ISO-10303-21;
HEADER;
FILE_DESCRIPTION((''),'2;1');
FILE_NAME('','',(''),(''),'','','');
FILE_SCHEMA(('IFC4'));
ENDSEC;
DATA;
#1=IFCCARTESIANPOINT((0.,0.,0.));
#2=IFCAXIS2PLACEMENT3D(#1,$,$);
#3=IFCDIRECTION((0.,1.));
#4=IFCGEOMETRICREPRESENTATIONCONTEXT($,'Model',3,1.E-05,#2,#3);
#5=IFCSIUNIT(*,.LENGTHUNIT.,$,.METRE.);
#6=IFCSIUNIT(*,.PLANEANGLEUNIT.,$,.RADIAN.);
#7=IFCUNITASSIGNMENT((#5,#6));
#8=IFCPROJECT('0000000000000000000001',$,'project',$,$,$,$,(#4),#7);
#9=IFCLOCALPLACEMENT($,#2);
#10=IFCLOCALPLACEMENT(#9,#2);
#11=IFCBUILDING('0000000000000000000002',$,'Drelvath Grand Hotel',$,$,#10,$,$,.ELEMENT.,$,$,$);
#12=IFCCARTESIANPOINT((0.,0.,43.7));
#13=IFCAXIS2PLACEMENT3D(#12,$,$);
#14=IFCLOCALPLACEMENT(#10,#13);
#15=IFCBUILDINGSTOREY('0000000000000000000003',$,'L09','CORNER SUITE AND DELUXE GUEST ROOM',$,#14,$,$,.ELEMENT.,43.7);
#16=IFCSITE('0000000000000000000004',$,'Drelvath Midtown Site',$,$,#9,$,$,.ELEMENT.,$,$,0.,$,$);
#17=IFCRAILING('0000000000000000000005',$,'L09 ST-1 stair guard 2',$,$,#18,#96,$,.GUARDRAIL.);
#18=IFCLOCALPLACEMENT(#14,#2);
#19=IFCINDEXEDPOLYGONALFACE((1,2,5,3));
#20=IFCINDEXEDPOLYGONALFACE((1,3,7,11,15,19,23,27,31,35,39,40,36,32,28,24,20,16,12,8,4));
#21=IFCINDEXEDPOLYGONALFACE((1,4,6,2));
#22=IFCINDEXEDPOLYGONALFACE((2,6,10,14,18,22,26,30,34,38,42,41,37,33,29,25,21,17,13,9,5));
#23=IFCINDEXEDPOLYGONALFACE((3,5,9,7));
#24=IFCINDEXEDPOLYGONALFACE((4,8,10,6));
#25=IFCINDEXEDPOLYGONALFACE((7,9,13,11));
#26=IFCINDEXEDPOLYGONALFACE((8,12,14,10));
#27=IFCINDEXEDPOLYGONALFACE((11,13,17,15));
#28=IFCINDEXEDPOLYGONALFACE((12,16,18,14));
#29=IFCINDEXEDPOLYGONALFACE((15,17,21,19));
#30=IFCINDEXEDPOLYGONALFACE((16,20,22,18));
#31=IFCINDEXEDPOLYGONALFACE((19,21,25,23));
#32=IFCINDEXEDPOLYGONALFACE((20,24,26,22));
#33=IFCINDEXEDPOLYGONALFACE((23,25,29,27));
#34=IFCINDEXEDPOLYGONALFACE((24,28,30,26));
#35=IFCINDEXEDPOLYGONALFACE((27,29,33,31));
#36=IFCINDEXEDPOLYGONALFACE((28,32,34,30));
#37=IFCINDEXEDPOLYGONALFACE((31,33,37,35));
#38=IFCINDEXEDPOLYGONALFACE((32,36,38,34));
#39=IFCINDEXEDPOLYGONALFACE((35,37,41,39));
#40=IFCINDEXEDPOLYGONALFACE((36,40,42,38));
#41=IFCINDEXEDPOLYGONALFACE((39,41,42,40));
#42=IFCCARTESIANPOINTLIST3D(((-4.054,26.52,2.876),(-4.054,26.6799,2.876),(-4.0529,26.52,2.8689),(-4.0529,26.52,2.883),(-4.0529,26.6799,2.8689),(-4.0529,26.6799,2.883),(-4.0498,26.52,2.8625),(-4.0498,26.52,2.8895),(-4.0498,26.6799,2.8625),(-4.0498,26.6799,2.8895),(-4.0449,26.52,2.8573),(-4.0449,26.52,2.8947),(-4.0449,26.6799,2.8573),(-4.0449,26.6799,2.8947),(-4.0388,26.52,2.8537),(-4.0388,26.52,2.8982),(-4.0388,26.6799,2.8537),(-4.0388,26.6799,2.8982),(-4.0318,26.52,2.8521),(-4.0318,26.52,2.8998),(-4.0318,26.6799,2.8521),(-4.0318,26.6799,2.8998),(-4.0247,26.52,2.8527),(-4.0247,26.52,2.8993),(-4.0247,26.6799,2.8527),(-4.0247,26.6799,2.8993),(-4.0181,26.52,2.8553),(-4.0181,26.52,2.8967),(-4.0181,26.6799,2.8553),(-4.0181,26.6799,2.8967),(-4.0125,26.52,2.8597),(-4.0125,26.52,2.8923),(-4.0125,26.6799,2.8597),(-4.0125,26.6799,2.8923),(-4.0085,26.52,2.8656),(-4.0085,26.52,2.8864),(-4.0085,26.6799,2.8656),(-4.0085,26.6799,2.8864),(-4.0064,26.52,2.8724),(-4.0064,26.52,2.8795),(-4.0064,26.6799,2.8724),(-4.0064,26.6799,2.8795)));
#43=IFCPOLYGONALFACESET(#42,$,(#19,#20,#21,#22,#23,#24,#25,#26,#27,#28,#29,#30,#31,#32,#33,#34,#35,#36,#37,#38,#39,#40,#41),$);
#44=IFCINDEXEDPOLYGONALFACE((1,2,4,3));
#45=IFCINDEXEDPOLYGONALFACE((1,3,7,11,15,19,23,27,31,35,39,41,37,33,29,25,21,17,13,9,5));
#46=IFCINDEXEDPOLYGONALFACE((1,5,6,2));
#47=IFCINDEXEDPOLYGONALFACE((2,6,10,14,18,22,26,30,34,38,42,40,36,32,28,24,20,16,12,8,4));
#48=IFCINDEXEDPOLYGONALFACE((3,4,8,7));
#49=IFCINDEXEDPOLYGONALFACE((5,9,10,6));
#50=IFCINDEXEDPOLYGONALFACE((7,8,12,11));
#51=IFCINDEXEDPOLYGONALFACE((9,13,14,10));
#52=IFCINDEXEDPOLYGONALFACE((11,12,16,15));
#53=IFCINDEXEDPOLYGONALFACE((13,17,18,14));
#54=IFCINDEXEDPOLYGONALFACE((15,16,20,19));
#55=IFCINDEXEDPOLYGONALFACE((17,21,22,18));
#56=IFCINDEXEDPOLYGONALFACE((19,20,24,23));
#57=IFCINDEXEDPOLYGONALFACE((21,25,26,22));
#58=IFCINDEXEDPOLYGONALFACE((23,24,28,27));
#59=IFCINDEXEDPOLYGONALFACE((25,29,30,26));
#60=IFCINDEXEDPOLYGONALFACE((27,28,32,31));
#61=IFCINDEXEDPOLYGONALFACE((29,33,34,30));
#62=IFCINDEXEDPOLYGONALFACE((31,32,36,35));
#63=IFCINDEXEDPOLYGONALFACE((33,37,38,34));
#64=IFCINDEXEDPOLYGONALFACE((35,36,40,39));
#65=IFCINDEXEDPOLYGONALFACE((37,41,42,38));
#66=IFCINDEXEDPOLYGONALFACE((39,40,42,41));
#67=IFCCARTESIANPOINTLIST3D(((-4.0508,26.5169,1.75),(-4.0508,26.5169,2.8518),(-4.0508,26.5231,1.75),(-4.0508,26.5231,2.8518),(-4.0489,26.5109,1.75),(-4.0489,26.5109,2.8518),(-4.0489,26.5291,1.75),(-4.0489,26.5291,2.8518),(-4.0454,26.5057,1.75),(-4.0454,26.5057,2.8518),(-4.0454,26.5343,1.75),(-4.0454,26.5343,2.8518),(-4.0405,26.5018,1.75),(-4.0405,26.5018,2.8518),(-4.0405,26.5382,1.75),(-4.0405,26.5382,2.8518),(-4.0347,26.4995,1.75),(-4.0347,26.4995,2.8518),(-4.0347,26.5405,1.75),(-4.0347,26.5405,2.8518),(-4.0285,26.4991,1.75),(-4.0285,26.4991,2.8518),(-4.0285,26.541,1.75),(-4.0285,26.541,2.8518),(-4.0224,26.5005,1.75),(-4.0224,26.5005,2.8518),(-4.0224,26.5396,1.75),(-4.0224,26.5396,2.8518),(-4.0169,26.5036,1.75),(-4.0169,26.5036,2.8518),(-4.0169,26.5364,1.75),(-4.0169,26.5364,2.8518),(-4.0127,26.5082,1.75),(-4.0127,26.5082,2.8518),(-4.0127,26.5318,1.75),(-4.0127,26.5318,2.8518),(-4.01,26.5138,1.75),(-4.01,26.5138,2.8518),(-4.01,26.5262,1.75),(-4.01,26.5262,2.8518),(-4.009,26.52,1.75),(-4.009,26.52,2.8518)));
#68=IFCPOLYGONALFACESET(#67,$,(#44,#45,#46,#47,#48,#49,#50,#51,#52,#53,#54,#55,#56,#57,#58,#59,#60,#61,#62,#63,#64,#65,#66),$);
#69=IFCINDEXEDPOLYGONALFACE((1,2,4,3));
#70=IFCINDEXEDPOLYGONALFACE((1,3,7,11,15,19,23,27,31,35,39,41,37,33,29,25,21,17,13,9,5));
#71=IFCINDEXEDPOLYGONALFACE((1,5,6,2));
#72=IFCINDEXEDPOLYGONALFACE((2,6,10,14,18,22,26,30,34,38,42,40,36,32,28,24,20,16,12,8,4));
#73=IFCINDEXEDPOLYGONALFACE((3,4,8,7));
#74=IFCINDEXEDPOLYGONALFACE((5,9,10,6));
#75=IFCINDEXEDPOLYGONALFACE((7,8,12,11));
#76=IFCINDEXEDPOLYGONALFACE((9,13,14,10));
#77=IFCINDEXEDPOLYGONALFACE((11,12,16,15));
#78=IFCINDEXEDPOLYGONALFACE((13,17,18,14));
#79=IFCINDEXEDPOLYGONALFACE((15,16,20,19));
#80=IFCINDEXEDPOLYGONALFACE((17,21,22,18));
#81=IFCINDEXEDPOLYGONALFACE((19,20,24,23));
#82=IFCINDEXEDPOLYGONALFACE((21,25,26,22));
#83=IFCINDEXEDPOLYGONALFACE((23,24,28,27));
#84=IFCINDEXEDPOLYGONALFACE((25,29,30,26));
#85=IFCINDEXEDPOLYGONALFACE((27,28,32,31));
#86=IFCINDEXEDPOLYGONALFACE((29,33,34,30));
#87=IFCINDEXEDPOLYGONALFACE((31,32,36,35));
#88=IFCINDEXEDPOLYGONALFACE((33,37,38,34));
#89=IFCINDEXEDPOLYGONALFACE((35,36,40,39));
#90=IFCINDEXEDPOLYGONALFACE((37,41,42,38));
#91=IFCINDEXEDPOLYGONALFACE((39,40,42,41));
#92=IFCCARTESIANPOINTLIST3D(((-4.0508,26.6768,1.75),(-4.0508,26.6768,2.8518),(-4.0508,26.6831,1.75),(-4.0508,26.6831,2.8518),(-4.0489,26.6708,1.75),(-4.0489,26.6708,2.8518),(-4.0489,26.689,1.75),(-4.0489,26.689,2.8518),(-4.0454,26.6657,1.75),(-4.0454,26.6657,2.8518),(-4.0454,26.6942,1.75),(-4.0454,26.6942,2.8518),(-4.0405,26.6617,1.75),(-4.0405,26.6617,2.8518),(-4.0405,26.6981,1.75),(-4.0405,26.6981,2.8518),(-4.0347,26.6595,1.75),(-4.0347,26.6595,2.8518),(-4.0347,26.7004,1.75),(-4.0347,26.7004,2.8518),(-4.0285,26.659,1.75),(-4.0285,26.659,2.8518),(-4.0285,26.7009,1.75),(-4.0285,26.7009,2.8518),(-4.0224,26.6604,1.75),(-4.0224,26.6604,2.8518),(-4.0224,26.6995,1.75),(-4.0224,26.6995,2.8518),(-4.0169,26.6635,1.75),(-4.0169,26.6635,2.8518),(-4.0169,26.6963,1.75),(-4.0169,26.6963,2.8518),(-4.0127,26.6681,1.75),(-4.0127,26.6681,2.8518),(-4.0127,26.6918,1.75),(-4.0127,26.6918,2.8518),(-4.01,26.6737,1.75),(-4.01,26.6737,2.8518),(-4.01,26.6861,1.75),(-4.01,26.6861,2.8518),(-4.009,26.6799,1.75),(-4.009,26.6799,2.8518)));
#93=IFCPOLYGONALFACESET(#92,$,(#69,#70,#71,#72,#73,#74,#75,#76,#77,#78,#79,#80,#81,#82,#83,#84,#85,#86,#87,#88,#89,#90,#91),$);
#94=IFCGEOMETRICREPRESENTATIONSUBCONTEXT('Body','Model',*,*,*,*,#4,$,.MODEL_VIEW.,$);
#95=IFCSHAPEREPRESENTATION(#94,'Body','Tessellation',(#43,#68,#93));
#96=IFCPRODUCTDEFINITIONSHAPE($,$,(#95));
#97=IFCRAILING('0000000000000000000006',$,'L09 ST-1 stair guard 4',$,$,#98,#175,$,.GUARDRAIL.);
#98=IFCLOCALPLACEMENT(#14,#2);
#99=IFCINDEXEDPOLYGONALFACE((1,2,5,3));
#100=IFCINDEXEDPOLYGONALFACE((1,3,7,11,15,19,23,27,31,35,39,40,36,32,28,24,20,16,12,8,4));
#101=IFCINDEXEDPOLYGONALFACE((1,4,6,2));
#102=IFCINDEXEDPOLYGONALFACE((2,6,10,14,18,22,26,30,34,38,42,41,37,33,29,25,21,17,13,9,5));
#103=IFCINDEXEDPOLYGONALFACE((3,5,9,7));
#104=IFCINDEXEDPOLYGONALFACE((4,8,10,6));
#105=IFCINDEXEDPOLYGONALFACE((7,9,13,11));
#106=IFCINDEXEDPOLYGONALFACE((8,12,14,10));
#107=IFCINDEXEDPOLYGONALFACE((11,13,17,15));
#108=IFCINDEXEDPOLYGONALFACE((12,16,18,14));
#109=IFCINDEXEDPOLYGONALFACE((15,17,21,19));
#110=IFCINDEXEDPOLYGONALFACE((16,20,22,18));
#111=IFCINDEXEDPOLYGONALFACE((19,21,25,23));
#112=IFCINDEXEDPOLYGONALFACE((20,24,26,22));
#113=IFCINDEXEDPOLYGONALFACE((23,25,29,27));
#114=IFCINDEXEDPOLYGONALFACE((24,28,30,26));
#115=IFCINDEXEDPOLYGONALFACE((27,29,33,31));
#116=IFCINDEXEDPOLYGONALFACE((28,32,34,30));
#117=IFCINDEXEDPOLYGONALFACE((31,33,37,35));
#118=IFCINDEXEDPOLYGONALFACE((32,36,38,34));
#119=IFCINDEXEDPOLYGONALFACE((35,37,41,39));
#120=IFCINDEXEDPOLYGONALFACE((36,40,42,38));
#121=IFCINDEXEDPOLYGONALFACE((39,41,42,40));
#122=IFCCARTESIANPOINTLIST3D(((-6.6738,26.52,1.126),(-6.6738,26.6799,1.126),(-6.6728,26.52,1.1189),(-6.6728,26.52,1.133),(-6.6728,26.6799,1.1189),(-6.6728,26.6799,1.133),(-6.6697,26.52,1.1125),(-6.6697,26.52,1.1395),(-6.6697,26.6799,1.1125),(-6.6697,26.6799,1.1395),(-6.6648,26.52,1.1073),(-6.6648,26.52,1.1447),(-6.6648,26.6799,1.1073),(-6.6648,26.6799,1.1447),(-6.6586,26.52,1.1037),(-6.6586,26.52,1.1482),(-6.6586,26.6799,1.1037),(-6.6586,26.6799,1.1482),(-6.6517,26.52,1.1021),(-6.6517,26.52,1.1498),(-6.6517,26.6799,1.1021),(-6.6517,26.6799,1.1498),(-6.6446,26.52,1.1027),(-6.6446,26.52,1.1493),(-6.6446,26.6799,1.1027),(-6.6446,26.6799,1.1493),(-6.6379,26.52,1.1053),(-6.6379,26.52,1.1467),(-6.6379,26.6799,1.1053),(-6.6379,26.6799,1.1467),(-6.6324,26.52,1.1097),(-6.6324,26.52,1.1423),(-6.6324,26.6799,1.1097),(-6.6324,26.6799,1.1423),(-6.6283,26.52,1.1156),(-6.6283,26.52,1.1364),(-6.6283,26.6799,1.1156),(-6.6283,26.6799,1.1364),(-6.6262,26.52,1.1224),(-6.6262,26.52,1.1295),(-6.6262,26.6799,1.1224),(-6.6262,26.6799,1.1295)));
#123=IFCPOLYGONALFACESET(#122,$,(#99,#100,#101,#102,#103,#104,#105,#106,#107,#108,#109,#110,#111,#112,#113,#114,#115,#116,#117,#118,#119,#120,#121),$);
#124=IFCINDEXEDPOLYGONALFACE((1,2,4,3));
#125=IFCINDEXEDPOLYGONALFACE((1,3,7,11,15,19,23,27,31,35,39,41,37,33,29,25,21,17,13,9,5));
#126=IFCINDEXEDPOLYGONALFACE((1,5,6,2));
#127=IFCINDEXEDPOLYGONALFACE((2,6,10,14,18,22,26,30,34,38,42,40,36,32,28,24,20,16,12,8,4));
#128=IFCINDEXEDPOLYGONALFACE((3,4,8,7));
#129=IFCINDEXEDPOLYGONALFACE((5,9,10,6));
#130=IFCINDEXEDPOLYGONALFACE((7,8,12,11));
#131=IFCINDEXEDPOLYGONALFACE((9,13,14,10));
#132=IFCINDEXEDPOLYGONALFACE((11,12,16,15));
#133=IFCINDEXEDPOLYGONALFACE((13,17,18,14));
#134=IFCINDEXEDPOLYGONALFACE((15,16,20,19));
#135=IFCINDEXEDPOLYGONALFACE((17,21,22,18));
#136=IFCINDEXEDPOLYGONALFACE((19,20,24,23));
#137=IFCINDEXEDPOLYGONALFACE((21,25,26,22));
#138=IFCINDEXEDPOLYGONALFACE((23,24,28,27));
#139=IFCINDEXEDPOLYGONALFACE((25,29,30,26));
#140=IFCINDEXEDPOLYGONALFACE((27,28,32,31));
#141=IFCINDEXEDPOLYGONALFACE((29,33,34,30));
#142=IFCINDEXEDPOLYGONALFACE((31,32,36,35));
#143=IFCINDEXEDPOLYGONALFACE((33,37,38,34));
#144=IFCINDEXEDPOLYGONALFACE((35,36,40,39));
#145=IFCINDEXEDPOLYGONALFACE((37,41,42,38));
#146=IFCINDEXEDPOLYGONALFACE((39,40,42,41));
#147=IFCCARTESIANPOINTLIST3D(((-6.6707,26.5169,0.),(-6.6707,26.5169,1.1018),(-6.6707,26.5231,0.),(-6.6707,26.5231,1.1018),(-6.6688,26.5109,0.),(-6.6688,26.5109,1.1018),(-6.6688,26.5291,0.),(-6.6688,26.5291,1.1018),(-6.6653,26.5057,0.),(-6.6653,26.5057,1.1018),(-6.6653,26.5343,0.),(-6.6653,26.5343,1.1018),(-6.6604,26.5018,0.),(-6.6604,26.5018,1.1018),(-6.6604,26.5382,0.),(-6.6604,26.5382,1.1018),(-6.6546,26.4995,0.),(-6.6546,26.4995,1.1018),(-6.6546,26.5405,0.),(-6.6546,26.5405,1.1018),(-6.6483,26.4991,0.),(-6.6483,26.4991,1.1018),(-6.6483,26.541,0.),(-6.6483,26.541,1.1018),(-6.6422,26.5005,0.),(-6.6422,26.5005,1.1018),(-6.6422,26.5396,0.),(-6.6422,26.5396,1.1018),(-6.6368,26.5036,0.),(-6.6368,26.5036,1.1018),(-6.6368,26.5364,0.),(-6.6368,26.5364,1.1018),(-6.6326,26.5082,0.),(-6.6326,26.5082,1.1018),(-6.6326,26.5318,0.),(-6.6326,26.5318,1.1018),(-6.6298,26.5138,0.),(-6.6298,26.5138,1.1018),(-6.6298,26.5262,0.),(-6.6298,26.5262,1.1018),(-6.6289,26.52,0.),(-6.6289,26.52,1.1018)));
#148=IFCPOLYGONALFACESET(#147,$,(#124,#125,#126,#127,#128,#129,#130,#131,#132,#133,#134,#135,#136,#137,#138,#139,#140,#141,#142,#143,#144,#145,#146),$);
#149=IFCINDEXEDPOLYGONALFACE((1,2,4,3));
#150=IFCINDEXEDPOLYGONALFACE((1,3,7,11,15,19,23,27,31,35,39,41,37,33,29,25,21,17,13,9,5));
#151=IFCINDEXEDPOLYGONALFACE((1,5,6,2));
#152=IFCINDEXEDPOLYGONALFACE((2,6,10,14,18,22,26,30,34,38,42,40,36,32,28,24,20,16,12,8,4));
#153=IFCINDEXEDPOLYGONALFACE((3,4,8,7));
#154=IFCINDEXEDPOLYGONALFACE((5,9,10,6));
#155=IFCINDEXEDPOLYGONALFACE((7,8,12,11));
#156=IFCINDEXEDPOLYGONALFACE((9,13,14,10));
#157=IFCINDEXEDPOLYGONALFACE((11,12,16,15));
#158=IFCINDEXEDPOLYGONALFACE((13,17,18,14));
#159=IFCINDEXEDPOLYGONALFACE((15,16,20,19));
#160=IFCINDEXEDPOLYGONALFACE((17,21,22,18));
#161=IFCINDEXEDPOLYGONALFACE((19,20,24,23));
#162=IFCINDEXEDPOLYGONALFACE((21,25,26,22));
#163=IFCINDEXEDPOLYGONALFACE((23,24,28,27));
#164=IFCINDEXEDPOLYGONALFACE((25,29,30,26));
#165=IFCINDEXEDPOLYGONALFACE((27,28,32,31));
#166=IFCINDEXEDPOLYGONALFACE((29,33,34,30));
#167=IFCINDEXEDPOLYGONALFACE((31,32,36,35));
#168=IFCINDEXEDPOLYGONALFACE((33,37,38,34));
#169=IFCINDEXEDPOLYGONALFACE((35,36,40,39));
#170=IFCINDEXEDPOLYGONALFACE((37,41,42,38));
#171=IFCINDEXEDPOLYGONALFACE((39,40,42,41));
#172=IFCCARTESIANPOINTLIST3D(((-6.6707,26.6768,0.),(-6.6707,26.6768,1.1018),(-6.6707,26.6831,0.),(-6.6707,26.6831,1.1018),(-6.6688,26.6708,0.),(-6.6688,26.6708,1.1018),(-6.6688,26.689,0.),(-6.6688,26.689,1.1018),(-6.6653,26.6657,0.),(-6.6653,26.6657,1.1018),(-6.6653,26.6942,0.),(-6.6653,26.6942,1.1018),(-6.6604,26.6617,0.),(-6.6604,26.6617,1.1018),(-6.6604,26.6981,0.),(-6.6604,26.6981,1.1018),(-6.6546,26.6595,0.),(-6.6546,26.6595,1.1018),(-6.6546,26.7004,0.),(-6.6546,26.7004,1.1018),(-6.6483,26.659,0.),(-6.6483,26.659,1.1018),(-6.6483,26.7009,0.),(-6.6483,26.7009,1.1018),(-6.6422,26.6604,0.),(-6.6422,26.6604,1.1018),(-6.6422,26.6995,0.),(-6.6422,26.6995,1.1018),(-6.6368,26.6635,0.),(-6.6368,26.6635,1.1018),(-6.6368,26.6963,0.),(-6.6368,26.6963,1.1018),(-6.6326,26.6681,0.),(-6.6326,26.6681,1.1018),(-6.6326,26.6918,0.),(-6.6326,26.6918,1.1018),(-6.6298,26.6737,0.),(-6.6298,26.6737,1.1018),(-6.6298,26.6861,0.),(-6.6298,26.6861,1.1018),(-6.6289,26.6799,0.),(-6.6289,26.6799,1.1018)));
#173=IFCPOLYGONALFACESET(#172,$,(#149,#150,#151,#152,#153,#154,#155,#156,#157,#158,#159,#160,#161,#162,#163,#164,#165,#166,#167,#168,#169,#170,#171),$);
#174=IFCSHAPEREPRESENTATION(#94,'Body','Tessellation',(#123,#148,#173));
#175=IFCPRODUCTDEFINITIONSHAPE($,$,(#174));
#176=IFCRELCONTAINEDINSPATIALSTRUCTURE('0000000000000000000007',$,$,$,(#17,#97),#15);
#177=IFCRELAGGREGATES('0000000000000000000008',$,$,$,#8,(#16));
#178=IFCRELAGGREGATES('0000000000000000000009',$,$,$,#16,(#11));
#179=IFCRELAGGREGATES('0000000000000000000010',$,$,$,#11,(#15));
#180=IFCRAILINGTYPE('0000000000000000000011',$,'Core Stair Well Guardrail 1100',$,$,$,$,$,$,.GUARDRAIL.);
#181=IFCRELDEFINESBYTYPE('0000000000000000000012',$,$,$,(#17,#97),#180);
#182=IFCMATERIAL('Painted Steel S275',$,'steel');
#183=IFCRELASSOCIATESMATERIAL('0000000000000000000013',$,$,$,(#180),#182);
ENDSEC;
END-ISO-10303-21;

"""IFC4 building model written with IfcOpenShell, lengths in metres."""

from ifc_helpers import new_model, si_unit, direction, frame, origin, origin_2d, place, context, subcontext, project, spatial, circle, extrude, material, type_object, element, save


model = new_model("IFC4")

# Units and contexts
model_context = context("Model", 3, precision=1e-05, world=origin(), true_north=direction((0.0, 1.0)))
body_context = subcontext(model_context, "Body", "Model", "MODEL_VIEW")
ifc_project = project(units=[si_unit("LENGTHUNIT", "METRE"), si_unit("PLANEANGLEUNIT", "RADIAN")], contexts=[model_context])

# Site, building, storey
site_placement = place(None, origin())
site = spatial("IfcSite", under=ifc_project, at=site_placement, Name="Drelvath Midtown Site", CompositionType="ELEMENT", RefElevation=0.0)
building_placement = place(site_placement, origin())
building = spatial("IfcBuilding", under=site, at=building_placement, Name="Drelvath Grand Hotel", CompositionType="ELEMENT")
storey_placement = place(building_placement, frame((0.0, 0.0, 43.7)))
storey = spatial("IfcBuildingStorey", under=building, at=storey_placement, Name="L09", Description="CORNER SUITE AND DELUXE GUEST ROOM", CompositionType="ELEMENT", Elevation=43.7)

# Shared definitions
ifc_material_1 = material(Name="Painted Steel S275", Category="steel")

# Railings
railing_type_1 = type_object("IfcRailingType", Name="Core Stair Well Guardrail 1100", PredefinedType="GUARDRAIL", material=ifc_material_1)
for number, where, name in (
    (1, (-4.03, 26.52, 1.75), "L09 ST-1 stair guard 2"),
    (2, (-6.6499, 26.52, 0.0), "L09 ST-1 stair guard 4"),
):
    element("IfcRailing", number, at=place(storey_placement, frame(where)), inside=storey, type_object=railing_type_1, Name=name, PredefinedType="GUARDRAIL", context=body_context, shape_type="SweptSolid", body=[
        extrude(circle(Radius=0.0239, at=origin_2d()), frame((0.0, 0.0, 1.126), z_axis=(0.0, 1.0, 0.0), x_axis=(-1.0, 0.0, 0.0)), (0.0, 0.0, 1.0), 0.1599),
        extrude(circle(Radius=0.021, at=origin_2d()), origin(), (0.0, 0.0, 1.0), 1.1018),
        extrude(circle(Radius=0.021, at=origin_2d()), frame((0.0, 0.1599, 0.0)), (0.0, 0.0, 1.0), 1.1018),
    ])

save(model, "model.ifc")
